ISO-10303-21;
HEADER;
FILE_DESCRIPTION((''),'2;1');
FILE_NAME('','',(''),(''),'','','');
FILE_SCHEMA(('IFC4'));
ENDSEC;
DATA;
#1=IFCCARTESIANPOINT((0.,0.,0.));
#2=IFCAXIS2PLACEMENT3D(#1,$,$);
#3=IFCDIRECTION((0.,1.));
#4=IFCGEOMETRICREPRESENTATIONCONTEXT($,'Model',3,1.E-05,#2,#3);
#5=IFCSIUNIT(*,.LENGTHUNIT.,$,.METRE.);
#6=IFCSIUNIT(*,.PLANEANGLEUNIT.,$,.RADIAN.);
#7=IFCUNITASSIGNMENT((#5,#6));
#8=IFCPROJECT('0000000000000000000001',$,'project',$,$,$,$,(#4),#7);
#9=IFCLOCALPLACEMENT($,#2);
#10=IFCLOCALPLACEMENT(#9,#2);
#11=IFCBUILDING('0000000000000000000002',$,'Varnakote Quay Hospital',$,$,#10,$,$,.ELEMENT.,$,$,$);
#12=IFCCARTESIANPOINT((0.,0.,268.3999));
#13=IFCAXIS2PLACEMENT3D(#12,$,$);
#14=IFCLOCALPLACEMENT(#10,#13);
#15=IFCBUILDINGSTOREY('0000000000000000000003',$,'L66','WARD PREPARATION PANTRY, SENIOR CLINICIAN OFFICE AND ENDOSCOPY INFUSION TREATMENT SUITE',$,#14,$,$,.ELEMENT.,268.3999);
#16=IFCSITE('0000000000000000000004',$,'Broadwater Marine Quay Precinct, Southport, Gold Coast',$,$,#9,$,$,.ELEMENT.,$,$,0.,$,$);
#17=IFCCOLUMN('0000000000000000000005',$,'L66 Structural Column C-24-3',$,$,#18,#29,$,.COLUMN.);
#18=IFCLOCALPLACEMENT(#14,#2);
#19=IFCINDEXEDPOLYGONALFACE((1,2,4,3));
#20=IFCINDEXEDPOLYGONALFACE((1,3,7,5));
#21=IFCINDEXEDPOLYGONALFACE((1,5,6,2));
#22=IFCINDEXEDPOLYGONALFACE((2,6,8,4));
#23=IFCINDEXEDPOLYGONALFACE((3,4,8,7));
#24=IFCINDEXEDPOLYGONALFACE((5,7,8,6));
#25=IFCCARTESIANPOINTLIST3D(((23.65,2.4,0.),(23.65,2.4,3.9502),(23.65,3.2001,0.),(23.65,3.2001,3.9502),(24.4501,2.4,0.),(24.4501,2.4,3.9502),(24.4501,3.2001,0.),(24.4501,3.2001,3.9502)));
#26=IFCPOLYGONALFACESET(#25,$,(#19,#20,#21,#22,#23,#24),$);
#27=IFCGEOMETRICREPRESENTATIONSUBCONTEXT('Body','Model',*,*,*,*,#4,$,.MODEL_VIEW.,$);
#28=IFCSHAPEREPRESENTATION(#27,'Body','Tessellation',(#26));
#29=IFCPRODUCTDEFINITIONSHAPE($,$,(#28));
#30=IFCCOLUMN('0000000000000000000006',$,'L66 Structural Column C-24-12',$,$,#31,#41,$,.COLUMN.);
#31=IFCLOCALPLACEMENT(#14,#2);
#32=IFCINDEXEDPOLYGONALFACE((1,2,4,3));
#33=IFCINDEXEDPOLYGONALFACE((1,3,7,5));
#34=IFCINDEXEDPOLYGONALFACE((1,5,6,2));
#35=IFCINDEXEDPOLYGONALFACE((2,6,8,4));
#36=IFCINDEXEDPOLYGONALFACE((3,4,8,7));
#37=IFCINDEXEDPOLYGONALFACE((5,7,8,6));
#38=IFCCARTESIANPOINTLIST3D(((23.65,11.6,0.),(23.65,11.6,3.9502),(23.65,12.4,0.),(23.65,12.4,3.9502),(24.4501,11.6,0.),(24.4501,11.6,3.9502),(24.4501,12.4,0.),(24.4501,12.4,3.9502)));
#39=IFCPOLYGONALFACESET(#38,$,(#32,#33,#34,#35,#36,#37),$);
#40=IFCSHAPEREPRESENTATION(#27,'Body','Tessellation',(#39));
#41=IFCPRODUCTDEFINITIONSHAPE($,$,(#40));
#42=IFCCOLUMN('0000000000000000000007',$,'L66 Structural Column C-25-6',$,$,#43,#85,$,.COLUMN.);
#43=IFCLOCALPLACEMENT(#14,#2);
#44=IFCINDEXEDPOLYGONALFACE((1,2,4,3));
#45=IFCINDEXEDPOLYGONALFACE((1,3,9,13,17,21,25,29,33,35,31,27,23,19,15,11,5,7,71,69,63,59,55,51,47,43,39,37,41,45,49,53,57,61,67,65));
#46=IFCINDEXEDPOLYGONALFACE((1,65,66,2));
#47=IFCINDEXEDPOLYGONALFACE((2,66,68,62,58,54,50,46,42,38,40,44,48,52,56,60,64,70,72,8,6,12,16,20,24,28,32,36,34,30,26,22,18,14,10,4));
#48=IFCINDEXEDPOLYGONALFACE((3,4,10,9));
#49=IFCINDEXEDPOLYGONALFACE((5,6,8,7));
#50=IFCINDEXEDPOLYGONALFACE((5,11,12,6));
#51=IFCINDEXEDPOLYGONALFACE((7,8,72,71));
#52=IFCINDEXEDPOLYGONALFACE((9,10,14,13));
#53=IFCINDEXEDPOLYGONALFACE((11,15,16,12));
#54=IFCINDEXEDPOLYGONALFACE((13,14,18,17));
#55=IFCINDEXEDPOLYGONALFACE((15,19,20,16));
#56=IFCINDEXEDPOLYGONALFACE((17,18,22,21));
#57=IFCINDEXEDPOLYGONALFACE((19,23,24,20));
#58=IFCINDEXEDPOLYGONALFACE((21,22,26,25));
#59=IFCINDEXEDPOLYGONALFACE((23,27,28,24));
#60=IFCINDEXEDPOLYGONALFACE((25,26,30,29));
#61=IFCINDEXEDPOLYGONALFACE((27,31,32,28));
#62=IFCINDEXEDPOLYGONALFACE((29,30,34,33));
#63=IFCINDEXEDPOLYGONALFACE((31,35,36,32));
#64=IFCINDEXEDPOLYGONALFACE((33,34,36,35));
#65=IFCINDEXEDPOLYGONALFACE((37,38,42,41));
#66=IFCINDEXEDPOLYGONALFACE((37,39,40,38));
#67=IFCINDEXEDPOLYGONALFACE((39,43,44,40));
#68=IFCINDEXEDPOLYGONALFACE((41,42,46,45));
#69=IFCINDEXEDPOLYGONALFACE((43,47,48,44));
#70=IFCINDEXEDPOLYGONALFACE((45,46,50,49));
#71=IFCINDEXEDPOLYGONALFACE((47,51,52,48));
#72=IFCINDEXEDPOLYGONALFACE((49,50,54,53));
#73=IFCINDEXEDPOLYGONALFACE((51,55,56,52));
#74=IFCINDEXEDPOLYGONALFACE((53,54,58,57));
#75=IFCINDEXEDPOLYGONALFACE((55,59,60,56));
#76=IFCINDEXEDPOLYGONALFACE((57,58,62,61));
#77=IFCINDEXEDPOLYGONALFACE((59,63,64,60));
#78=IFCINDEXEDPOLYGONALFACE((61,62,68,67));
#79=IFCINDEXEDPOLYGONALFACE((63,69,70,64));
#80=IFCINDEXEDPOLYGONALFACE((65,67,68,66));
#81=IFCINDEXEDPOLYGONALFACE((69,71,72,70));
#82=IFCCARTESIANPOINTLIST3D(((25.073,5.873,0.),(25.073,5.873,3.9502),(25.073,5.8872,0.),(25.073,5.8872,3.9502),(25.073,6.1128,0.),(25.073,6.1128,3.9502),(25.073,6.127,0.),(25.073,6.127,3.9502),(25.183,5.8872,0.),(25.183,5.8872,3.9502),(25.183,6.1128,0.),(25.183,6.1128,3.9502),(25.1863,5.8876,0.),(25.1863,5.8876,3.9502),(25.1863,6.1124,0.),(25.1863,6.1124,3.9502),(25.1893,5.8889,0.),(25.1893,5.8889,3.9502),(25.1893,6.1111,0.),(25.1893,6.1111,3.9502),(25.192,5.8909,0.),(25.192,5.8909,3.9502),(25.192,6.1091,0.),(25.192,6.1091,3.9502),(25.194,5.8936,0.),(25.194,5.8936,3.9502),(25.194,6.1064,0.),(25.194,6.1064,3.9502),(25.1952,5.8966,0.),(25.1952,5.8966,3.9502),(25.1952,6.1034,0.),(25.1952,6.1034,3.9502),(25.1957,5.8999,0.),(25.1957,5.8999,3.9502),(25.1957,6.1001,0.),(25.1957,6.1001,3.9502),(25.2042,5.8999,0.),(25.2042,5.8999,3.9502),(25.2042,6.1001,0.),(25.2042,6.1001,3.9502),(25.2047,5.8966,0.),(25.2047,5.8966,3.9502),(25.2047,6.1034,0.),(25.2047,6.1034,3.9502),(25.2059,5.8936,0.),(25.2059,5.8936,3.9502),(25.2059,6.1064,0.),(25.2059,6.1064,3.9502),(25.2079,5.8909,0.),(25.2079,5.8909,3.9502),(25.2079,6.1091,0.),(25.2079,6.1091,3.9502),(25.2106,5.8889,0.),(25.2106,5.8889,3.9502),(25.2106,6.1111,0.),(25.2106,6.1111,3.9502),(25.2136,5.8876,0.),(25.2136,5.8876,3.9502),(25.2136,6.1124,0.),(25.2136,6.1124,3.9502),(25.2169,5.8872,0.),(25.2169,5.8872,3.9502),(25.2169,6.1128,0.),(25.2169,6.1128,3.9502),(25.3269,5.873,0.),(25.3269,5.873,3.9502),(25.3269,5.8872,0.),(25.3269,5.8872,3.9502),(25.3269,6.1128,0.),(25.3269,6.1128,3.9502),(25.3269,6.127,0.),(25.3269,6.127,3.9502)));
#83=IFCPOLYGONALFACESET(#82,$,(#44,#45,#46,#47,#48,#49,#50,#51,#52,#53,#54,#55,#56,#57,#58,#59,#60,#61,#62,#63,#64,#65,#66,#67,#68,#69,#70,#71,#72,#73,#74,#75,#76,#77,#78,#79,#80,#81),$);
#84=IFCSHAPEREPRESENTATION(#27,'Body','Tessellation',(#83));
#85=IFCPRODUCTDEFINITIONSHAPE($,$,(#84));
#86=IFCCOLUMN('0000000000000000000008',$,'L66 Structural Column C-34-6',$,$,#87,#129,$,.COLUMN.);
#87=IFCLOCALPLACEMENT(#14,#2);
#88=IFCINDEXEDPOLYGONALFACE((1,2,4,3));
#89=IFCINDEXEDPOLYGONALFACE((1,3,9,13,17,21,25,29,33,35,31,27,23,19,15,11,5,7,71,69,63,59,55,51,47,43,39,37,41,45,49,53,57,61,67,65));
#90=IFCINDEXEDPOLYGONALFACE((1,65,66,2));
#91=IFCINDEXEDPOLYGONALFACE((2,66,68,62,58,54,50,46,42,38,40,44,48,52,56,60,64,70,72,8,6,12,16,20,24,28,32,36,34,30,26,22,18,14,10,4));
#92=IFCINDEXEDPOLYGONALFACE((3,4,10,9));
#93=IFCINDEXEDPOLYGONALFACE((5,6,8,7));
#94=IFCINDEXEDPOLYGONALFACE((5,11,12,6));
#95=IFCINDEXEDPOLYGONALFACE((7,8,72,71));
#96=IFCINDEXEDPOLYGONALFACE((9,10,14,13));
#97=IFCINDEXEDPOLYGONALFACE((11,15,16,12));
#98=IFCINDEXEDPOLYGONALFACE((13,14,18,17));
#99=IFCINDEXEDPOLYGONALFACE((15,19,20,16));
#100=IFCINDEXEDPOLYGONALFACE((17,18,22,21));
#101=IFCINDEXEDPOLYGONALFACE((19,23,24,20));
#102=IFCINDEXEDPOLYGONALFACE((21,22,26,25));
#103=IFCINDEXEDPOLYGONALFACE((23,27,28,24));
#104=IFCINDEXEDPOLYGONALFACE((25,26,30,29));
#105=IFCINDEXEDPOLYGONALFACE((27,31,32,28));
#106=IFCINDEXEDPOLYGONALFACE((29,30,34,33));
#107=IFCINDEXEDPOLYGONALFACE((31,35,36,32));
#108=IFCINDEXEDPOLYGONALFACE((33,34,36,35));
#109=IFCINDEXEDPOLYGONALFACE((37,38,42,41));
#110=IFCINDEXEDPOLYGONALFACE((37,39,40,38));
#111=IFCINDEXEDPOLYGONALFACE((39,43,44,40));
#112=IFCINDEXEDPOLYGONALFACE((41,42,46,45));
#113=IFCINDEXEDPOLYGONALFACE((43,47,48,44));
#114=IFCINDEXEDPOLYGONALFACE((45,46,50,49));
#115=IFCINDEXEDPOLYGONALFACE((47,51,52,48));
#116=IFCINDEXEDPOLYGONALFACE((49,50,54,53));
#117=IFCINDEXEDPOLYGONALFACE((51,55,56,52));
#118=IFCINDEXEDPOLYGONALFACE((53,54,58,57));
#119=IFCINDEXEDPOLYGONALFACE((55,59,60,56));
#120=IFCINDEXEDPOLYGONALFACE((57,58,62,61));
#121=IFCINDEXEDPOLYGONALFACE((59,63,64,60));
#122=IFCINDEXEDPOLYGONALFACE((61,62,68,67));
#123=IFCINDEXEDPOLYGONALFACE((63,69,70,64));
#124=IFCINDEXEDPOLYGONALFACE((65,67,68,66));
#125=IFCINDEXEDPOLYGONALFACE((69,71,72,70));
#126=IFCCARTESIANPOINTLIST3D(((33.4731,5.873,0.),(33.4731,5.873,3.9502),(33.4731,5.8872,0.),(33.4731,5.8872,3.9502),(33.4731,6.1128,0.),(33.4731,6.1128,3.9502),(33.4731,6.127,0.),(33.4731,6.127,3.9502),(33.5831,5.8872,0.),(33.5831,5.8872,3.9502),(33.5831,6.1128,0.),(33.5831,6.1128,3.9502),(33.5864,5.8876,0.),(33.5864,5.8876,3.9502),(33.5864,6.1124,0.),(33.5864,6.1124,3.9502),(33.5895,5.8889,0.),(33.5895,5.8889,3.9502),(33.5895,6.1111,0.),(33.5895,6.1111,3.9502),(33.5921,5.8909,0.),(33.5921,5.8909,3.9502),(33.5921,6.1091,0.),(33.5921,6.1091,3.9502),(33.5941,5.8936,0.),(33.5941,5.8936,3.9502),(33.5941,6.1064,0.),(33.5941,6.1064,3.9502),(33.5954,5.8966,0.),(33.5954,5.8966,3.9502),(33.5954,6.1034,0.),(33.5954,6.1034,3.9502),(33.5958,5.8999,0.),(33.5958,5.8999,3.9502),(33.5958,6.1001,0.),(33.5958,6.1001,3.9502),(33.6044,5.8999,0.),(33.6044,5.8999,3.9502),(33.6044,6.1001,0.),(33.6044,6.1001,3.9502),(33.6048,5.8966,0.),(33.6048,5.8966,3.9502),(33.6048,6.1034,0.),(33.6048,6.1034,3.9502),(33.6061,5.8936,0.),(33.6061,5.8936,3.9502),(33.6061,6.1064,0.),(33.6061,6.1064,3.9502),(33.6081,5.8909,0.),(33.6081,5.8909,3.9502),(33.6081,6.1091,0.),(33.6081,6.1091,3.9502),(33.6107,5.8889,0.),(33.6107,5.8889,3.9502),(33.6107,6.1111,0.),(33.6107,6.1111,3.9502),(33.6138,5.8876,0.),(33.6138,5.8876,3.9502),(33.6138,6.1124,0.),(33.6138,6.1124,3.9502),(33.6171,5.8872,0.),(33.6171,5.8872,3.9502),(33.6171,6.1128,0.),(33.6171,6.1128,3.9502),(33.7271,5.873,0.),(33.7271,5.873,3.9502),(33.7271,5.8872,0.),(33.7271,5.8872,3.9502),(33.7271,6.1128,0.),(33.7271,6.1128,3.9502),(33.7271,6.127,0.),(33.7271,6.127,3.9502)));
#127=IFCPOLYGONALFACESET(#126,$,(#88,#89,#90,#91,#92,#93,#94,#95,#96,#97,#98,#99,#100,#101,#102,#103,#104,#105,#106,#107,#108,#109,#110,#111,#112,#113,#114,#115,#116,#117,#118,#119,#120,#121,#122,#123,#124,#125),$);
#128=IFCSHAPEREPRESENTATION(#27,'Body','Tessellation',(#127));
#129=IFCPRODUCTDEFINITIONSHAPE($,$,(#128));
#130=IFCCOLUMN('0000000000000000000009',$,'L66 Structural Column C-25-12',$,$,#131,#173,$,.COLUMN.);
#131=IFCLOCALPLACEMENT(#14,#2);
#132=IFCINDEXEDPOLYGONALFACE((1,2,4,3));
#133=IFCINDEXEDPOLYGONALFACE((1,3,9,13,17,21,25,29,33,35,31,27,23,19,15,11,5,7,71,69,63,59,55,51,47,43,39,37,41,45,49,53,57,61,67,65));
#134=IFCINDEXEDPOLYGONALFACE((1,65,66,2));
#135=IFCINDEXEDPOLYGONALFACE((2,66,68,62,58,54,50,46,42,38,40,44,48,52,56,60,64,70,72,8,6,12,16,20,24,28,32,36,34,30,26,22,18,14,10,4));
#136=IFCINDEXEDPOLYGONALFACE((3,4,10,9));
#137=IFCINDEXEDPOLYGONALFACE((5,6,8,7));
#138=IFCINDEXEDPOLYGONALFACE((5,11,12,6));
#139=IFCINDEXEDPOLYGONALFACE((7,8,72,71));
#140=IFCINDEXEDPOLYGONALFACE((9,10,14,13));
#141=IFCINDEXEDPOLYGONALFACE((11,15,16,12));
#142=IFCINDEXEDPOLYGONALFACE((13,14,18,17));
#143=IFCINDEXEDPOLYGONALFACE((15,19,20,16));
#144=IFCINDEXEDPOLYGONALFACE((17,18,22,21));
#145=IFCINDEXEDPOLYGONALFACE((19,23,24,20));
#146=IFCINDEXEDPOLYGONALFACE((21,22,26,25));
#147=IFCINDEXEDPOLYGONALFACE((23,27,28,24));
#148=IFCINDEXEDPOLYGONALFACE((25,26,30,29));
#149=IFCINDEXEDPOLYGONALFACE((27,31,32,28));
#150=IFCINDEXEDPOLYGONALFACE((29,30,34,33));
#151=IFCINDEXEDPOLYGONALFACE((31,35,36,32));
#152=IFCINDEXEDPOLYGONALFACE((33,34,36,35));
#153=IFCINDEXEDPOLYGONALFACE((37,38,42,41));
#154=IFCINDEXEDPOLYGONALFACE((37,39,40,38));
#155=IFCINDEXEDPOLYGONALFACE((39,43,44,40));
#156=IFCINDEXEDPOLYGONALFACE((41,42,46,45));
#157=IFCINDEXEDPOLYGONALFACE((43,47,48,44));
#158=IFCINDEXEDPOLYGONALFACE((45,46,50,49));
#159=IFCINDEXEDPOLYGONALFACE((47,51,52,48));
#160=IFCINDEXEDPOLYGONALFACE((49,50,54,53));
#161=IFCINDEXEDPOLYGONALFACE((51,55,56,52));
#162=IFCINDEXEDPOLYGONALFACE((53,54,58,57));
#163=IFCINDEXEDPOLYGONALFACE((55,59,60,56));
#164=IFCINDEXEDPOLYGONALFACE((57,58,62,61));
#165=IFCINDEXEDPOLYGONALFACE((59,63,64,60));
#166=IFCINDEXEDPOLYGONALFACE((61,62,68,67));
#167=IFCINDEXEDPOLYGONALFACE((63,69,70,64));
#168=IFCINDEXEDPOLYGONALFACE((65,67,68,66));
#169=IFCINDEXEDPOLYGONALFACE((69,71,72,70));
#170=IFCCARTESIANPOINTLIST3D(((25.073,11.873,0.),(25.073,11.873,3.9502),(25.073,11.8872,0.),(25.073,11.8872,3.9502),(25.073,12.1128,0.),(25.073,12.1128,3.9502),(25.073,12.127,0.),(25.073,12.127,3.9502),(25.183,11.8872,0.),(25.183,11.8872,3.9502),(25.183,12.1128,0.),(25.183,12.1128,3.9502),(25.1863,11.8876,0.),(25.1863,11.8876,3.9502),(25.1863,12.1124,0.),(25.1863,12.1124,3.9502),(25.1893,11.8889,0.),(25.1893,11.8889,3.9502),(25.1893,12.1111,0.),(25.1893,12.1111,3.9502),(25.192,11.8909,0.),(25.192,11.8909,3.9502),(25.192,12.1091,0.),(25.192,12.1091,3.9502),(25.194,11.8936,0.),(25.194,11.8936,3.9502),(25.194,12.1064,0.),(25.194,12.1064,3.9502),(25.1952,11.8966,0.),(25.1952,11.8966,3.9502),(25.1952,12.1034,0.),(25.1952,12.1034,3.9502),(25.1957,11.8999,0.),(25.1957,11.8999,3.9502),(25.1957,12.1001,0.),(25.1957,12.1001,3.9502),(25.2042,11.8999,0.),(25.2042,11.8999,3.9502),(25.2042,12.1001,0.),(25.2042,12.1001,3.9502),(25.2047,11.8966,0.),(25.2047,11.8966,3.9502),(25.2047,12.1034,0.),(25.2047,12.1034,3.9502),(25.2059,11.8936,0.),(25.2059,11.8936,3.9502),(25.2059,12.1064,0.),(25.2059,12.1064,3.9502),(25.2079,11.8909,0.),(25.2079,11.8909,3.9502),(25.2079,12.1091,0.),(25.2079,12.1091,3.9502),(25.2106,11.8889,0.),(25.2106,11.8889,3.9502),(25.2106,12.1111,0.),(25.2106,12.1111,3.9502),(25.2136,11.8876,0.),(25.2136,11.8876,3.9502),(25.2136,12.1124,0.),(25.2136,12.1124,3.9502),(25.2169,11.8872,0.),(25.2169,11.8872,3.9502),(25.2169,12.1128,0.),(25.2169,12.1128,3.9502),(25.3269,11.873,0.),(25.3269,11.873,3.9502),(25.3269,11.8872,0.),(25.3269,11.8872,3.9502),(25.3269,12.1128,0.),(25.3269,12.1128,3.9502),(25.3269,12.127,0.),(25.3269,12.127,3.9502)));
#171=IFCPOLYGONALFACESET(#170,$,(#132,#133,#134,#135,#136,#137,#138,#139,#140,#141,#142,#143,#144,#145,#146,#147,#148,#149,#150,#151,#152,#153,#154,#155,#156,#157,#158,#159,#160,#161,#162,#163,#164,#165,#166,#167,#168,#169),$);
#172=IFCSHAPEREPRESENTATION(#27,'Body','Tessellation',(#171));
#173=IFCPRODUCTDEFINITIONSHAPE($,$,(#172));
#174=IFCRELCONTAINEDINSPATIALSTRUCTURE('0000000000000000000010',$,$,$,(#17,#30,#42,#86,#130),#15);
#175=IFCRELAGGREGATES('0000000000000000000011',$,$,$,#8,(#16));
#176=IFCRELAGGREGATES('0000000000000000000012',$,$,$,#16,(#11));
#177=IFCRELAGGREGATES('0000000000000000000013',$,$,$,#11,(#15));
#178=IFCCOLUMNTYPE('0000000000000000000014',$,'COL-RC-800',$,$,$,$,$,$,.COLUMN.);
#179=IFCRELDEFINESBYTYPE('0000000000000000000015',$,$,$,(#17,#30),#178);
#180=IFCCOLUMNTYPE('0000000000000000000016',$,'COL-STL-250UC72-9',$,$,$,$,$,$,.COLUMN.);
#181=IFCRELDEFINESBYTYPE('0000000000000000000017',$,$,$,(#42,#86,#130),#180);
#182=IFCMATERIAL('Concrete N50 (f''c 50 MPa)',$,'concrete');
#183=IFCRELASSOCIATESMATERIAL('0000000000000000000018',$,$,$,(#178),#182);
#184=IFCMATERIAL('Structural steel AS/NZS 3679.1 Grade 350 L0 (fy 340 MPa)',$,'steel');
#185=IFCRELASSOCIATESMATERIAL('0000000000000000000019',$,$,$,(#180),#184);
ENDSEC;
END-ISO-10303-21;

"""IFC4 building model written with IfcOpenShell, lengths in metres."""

from ifc_helpers import new_model, si_unit, direction, frame, origin, origin_2d, place, context, subcontext, project, spatial, rectangle, i_section, extrude, material, material_profile, profile_set, type_object, element, save


model = new_model("IFC4")

# Units and contexts
model_context = context("Model", 3, precision=1e-05, world=origin(), true_north=direction((0.0, 1.0)))
body_context = subcontext(model_context, "Body", "Model", "MODEL_VIEW")
ifc_project = project(units=[si_unit("LENGTHUNIT", "METRE"), si_unit("PLANEANGLEUNIT", "RADIAN")], contexts=[model_context])

# Site, building, storey
site_placement = place(None, origin())
site = spatial("IfcSite", under=ifc_project, at=site_placement, Name="Broadwater Marine Quay Precinct, Southport, Gold Coast", CompositionType="ELEMENT", RefElevation=0.0)
building_placement = place(site_placement, origin())
building = spatial("IfcBuilding", under=site, at=building_placement, Name="Varnakote Quay Hospital", CompositionType="ELEMENT")
storey_placement = place(building_placement, frame((0.0, 0.0, 268.3999)))
storey = spatial("IfcBuildingStorey", under=building, at=storey_placement, Name="L66", Description="WARD PREPARATION PANTRY, SENIOR CLINICIAN OFFICE AND ENDOSCOPY INFUSION TREATMENT SUITE", CompositionType="ELEMENT", Elevation=268.3999)

# Columns
ifc_material_1 = material(Name="Concrete N50 (f'c 50 MPa)", Category="concrete")
ifc_material_profile_1 = material_profile(ifc_material_1, rectangle(XDim=0.8, YDim=0.8, at=origin_2d()), Name="RC-COL-800x800")
ifc_profile_set_1 = profile_set([ifc_material_profile_1], Name="Concrete N50 (f'c 50 MPa)")
column_type_1 = type_object("IfcColumnType", Name="COL-RC-800", PredefinedType="COLUMN", material=ifc_profile_set_1)
for number, where, z_axis, x_axis, name in (
    (1, (24.05, 2.8, 0.0), (0.0, 0.0, 1.0), (1.0, 0.0, 0.0), "L66 Structural Column C-24-3"),
    (2, (24.05, 12.0, 0.0), (0.0, 0.0, 1.0), (1.0, 0.0, 0.0), "L66 Structural Column C-24-12"),
):
    element("IfcColumn", number, at=place(storey_placement, frame(where, z_axis=z_axis, x_axis=x_axis)), inside=storey, type_object=column_type_1, Name=name, PredefinedType="COLUMN", context=body_context, shape_type="SweptSolid", body=[
        extrude(rectangle(XDim=0.8, YDim=0.8, at=origin_2d()), origin(), (0.0, 0.0, 1.0), 3.9502),
    ])
ifc_material_2 = material(Name="Structural steel AS/NZS 3679.1 Grade 350 L0 (fy 340 MPa)", Category="steel")
ifc_material_profile_2 = material_profile(ifc_material_2, i_section(OverallWidth=0.2539, OverallDepth=0.2539, WebThickness=0.0085, FlangeThickness=0.0142, FilletRadius=0.0127, at=origin_2d()), Name="250UC72.9")
ifc_profile_set_2 = profile_set([ifc_material_profile_2], Name="Structural steel AS/NZS 3679.1 Grade 350 L0 (fy 340 MPa)")
column_type_2 = type_object("IfcColumnType", Name="COL-STL-250UC72-9", PredefinedType="COLUMN", material=ifc_profile_set_2)
for number, where, z_axis, x_axis, name in (
    (3, (25.2, 6.0, 0.0), (0.0, 0.0, 1.0), (1.0, 0.0, 0.0), "L66 Structural Column C-25-6"),
    (4, (33.6001, 6.0, 0.0), (0.0, 0.0, 1.0), (1.0, 0.0, 0.0), "L66 Structural Column C-34-6"),
    (5, (25.2, 12.0, 0.0), (0.0, 0.0, 1.0), (1.0, 0.0, 0.0), "L66 Structural Column C-25-12"),
):
    element("IfcColumn", number, at=place(storey_placement, frame(where, z_axis=z_axis, x_axis=x_axis)), inside=storey, type_object=column_type_2, Name=name, PredefinedType="COLUMN", context=body_context, shape_type="SweptSolid", body=[
        extrude(i_section(OverallWidth=0.2539, OverallDepth=0.2539, WebThickness=0.0085, FlangeThickness=0.0142, FilletRadius=0.0127, at=origin_2d()), origin(), (0.0, 0.0, 1.0), 3.9502),
    ])

save(model, "model.ifc")
